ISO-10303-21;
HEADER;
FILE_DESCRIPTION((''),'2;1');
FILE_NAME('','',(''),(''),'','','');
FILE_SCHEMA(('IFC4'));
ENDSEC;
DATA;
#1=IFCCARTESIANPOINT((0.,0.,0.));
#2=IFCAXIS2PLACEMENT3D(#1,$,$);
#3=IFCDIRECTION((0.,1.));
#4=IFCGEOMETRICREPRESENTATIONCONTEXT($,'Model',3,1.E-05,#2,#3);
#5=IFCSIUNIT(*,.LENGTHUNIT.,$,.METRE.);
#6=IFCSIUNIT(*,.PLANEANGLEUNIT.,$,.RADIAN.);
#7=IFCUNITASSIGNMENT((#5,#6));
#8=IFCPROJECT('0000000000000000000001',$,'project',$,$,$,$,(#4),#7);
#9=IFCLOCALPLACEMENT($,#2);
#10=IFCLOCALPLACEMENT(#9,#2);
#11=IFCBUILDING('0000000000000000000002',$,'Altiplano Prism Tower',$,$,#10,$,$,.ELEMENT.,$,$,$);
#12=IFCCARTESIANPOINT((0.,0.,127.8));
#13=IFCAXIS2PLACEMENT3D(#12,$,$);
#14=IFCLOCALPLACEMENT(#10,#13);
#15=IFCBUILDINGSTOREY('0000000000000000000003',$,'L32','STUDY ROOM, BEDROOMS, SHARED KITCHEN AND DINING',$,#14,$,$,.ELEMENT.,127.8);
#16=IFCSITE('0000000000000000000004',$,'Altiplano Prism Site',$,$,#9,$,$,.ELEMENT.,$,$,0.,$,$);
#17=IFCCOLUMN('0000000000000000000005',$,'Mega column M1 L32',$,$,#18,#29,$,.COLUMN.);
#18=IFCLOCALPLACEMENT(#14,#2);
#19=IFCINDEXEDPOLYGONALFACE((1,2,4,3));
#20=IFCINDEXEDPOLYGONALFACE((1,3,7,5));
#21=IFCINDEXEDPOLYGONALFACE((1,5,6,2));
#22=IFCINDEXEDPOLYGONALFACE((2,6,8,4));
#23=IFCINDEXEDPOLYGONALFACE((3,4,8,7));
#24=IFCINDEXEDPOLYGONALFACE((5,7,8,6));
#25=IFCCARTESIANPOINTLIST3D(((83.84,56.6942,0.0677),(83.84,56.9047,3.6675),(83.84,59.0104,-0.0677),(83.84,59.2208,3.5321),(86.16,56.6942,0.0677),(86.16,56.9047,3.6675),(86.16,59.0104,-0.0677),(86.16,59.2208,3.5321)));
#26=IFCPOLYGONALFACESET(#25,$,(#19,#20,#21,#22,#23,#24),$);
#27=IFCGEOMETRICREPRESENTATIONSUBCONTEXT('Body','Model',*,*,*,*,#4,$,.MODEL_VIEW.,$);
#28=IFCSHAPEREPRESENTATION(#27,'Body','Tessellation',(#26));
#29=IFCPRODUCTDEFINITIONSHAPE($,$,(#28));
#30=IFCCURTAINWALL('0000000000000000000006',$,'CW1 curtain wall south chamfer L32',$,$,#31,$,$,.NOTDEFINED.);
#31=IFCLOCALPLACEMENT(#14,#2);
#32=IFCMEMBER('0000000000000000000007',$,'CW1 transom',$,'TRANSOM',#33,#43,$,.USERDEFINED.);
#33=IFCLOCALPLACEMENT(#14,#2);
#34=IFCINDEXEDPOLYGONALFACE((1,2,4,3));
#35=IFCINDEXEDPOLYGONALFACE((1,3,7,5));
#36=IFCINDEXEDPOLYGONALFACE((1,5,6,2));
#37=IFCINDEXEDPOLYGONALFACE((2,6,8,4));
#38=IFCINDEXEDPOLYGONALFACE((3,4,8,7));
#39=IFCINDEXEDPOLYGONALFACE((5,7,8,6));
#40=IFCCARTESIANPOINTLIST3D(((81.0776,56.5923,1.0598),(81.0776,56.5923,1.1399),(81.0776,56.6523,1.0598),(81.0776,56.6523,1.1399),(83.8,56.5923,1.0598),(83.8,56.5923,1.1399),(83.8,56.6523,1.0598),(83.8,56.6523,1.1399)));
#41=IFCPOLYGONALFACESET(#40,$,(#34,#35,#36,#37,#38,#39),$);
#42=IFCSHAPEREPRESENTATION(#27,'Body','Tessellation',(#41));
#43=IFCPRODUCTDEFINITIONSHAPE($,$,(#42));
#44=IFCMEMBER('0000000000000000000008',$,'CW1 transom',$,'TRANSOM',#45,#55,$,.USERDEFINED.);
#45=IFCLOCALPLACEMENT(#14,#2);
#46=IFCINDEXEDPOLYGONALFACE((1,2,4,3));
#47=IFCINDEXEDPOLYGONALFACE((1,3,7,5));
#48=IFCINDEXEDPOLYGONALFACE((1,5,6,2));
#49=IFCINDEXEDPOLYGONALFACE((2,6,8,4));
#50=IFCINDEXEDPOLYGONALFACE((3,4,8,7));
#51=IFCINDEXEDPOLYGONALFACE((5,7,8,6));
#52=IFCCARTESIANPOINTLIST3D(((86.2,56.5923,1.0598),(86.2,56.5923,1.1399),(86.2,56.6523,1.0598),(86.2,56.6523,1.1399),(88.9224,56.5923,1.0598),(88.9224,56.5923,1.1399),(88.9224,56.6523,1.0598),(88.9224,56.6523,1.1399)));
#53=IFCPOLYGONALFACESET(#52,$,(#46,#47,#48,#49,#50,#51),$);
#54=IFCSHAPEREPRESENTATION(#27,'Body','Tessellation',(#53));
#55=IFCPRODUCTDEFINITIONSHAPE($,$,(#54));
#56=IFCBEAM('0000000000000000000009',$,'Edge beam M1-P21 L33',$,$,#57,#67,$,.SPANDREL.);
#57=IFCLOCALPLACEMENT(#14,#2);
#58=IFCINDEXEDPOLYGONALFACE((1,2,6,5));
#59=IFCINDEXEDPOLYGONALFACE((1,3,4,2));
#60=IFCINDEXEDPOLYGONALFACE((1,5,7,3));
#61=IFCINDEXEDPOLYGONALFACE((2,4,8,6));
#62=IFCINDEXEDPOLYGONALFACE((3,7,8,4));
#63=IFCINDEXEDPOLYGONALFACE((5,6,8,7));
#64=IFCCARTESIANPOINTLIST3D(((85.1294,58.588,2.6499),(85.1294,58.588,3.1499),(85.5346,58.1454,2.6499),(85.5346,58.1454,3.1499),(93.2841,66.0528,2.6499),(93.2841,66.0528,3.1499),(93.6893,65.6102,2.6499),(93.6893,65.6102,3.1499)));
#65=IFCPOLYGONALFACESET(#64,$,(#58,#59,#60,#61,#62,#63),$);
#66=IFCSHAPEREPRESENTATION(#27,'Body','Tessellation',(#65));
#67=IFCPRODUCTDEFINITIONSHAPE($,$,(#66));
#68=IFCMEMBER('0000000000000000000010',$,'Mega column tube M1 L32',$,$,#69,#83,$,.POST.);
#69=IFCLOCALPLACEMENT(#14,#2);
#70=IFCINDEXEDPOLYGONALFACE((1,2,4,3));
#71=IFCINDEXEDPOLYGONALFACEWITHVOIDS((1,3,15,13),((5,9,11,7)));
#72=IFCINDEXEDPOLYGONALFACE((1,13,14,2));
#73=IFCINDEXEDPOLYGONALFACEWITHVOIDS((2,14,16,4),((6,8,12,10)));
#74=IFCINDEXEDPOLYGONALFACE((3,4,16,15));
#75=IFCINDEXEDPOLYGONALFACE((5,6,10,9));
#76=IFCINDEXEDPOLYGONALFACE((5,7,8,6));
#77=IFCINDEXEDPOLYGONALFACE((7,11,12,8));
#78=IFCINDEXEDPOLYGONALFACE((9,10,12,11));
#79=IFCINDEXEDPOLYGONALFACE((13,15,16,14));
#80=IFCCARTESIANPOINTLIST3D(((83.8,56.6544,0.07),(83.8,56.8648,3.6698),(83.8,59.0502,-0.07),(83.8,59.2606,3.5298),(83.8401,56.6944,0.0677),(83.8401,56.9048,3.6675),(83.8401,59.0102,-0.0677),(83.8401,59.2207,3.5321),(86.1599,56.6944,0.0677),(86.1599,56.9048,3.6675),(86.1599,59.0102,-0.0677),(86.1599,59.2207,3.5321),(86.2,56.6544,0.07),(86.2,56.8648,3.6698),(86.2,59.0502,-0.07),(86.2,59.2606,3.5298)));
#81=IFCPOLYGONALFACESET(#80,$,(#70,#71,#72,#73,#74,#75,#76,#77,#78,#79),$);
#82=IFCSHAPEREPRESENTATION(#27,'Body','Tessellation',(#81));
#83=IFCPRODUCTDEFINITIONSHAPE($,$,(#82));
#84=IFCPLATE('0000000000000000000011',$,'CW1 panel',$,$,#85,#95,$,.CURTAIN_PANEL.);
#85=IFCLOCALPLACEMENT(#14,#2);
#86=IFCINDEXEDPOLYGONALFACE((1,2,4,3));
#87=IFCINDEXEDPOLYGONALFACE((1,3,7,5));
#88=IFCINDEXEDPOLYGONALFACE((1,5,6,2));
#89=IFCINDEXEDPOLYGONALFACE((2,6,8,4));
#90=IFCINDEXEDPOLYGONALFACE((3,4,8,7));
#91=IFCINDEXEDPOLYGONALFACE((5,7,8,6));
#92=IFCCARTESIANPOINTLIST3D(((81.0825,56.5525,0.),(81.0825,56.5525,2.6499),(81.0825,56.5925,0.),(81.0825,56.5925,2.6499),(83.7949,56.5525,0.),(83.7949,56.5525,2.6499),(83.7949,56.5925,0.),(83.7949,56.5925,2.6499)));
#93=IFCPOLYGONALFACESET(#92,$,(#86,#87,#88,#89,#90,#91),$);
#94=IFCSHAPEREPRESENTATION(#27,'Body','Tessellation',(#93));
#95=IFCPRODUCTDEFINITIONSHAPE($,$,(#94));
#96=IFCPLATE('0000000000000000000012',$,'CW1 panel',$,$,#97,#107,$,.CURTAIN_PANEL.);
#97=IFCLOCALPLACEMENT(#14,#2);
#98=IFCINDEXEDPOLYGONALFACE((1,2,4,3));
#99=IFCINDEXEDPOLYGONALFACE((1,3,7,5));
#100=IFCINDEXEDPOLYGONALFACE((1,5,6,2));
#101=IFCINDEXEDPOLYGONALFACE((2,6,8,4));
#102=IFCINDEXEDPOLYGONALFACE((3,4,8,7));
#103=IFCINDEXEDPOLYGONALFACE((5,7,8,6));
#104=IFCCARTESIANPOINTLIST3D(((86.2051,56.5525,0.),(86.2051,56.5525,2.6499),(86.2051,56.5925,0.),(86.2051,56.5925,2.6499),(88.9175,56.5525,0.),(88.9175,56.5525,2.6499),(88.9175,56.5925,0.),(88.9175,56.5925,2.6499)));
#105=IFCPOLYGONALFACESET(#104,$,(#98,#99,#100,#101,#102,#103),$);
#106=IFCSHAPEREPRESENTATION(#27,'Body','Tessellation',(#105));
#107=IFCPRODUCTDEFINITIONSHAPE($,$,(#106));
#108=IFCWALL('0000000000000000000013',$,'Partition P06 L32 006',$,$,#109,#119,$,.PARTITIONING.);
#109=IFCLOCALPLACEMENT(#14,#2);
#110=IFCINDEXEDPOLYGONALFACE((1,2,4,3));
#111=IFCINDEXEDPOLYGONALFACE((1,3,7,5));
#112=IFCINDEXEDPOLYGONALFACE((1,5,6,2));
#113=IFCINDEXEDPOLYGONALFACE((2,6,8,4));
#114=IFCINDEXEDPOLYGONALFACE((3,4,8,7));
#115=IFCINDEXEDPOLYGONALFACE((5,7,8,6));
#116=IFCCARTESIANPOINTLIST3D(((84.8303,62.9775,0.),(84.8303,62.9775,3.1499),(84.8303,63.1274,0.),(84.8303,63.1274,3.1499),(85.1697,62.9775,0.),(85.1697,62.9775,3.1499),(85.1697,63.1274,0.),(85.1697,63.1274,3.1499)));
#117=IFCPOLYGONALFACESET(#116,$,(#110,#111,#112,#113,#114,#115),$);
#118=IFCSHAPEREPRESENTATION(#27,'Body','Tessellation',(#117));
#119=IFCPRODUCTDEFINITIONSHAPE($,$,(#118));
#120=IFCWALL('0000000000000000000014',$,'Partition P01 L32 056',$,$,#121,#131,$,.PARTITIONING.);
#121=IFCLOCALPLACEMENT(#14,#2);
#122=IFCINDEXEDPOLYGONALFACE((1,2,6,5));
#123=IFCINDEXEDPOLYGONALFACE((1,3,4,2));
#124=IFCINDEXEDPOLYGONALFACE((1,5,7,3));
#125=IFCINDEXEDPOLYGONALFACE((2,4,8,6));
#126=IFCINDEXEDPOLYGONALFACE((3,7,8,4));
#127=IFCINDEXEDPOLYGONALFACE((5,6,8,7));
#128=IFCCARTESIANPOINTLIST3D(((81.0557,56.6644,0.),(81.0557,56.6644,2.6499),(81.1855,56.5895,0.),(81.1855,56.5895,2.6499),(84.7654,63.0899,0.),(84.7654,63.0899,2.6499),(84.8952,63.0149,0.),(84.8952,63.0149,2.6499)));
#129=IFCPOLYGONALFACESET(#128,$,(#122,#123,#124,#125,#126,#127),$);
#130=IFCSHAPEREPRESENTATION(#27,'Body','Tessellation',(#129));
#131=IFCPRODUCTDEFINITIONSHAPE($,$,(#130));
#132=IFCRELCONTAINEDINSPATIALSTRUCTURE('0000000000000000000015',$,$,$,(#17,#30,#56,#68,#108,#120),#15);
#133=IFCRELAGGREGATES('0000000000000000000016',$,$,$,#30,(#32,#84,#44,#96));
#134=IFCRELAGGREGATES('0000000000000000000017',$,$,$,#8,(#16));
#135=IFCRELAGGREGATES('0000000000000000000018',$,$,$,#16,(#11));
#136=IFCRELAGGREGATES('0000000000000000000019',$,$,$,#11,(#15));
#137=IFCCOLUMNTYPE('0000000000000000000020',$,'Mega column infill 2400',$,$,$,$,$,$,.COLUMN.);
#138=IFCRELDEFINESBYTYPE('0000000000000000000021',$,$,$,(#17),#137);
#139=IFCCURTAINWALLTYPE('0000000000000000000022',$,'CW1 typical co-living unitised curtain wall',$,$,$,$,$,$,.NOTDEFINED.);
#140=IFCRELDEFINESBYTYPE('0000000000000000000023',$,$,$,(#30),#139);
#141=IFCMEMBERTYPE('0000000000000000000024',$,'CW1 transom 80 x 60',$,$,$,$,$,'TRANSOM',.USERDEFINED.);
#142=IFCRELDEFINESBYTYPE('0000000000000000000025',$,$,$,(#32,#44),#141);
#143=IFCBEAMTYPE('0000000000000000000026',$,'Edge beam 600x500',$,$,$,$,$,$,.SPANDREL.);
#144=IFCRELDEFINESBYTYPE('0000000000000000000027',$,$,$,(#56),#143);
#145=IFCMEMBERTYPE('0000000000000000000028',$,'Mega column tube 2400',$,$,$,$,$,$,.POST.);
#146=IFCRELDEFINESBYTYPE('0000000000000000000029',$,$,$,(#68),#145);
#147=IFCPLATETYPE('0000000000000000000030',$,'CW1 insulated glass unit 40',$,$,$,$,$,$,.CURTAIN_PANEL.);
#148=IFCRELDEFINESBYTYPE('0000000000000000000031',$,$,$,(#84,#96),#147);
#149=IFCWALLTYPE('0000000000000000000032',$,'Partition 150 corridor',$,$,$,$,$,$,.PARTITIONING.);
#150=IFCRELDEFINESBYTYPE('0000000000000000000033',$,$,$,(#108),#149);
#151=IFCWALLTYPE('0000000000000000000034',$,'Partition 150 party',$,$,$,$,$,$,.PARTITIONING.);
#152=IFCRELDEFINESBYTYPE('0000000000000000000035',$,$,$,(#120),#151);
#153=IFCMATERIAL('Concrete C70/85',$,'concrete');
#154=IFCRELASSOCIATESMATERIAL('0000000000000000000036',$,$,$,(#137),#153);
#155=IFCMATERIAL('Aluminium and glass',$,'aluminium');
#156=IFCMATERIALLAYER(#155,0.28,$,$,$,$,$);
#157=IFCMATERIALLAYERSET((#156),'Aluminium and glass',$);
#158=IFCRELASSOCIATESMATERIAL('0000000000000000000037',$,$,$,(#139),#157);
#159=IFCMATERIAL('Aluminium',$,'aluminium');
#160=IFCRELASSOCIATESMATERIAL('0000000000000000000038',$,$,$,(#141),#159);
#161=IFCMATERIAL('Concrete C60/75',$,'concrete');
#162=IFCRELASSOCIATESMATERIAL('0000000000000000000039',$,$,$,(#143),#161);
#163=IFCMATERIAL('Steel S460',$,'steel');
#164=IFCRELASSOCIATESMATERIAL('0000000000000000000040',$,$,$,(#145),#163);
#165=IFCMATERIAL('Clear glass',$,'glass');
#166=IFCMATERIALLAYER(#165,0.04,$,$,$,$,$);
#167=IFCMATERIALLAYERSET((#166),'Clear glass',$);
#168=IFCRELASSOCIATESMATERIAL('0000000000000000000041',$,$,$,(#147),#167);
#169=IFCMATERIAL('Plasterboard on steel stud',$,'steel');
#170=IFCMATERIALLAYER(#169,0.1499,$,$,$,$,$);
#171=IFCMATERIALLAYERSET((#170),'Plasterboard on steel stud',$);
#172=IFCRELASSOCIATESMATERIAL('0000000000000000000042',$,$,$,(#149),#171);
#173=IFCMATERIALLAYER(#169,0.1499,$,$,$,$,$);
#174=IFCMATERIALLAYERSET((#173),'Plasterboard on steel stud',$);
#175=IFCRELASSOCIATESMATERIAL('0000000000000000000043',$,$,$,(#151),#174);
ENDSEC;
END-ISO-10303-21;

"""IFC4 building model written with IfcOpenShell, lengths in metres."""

from ifc_helpers import new_model, si_unit, direction, frame, frame_2d, origin, origin_2d, place, context, subcontext, project, spatial, rectangle, hollow_rectangle, extrude, material, layer, layer_set, material_profile, profile_set, type_object, element, aggregate, save


model = new_model("IFC4")

# Units and contexts
model_context = context("Model", 3, precision=1e-05, world=origin(), true_north=direction((0.0, 1.0)))
body_context = subcontext(model_context, "Body", "Model", "MODEL_VIEW")
ifc_project = project(units=[si_unit("LENGTHUNIT", "METRE"), si_unit("PLANEANGLEUNIT", "RADIAN")], contexts=[model_context])

# Site, building, storey
site_placement = place(None, origin())
site = spatial("IfcSite", under=ifc_project, at=site_placement, Name="Altiplano Prism Site", CompositionType="ELEMENT", RefElevation=0.0)
building_placement = place(site_placement, origin())
building = spatial("IfcBuilding", under=site, at=building_placement, Name="Altiplano Prism Tower", CompositionType="ELEMENT")
storey_placement = place(building_placement, frame((0.0, 0.0, 127.8)))
storey = spatial("IfcBuildingStorey", under=building, at=storey_placement, Name="L32", Description="STUDY ROOM, BEDROOMS, SHARED KITCHEN AND DINING", CompositionType="ELEMENT", Elevation=127.8)

# Column
ifc_material_1 = material(Name="Concrete C70/85", Category="concrete")
ifc_material_profile_1 = material_profile(ifc_material_1, rectangle(XDim=2.3201, YDim=2.3201, at=origin_2d()), Name="Mega column infill 2400")
ifc_profile_set_1 = profile_set([ifc_material_profile_1], Name="Concrete C70/85")
column_type = type_object("IfcColumnType", Name="Mega column infill 2400", PredefinedType="COLUMN", material=ifc_profile_set_1)
column_placement = place(storey_placement, frame((85.0, 57.8523, 0.0), z_axis=(0.0, 0.058361, 0.998296), x_axis=(-1.0, 0.0, 0.0)))
element("IfcColumn", 1, at=column_placement, inside=storey, type_object=column_type, Name="Mega column M1 L32", PredefinedType="COLUMN", context=body_context, shape_type="SweptSolid", body=[
    extrude(rectangle(XDim=2.3201, YDim=2.3201, at=origin_2d()), origin(), (0.0, 0.0, 1.0), 3.606),
])

# Curtain wall, members
ifc_material_2 = material(Name="Aluminium and glass", Category="aluminium")
ifc_layer_1 = layer(ifc_material_2, 0.28)
ifc_layer_set_1 = layer_set([ifc_layer_1], Name="Aluminium and glass")
curtain_wall_type = type_object("IfcCurtainWallType", Name="CW1 typical co-living unitised curtain wall", PredefinedType="NOTDEFINED", material=ifc_layer_set_1)
curtain_wall_placement = place(storey_placement, origin())
curtain_wall = element("IfcCurtainWall", 2, at=curtain_wall_placement, inside=storey, type_object=curtain_wall_type, Name="CW1 curtain wall south chamfer L32", PredefinedType="NOTDEFINED")
ifc_material_3 = material(Name="Aluminium", Category="aluminium")
ifc_material_profile_2 = material_profile(ifc_material_3, rectangle(XDim=0.0601, YDim=0.0801, at=origin_2d()), Name="CW1 transom 80 x 60")
ifc_profile_set_2 = profile_set([ifc_material_profile_2], Name="Aluminium")
member_type_1 = type_object("IfcMemberType", Name="CW1 transom 80 x 60", ElementType="TRANSOM", PredefinedType="USERDEFINED", material=ifc_profile_set_2)
member_1_placement = place(storey_placement, frame((81.0776, 56.6223, 1.0999), z_axis=(1.0, 0.0, 0.0), x_axis=(0.0, 1.0, 0.0)))
member_1 = element("IfcMember", 3, at=member_1_placement, type_object=member_type_1, Name="CW1 transom", ObjectType="TRANSOM", PredefinedType="USERDEFINED", context=body_context, shape_type="SweptSolid", body=[
    extrude(rectangle(XDim=0.0601, YDim=0.0801, at=origin_2d()), origin(), (0.0, 0.0, 1.0), 2.7224),
])
member_2_placement = place(storey_placement, frame((86.2, 56.6223, 1.0999), z_axis=(1.0, 0.0, 0.0), x_axis=(0.0, 1.0, 0.0)))
member_2 = element("IfcMember", 4, at=member_2_placement, type_object=member_type_1, Name="CW1 transom", ObjectType="TRANSOM", PredefinedType="USERDEFINED", context=body_context, shape_type="SweptSolid", body=[
    extrude(rectangle(XDim=0.0601, YDim=0.0801, at=origin_2d()), origin(), (0.0, 0.0, 1.0), 2.7224),
])

# Beam
ifc_material_4 = material(Name="Concrete C60/75", Category="concrete")
ifc_material_profile_3 = material_profile(ifc_material_4, rectangle(XDim=0.6001, YDim=0.5, at=origin_2d()), Name="Edge beam 600x500")
ifc_profile_set_3 = profile_set([ifc_material_profile_3], Name="Concrete C60/75")
beam_type = type_object("IfcBeamType", Name="Edge beam 600x500", PredefinedType="SPANDREL", material=ifc_profile_set_3)
beam_placement = place(storey_placement, frame((85.332, 58.3667, 2.8999), z_axis=(0.737621, 0.675214, 0.0), x_axis=(-0.675214, 0.737621, 0.0)))
element("IfcBeam", 5, at=beam_placement, inside=storey, type_object=beam_type, Name="Edge beam M1-P21 L33", PredefinedType="SPANDREL", context=body_context, shape_type="SweptSolid", body=[
    extrude(rectangle(XDim=0.6001, YDim=0.5, at=origin_2d()), origin(), (0.0, 0.0, 1.0), 11.0554),
])

# Member
ifc_material_5 = material(Name="Steel S460", Category="steel")
ifc_material_profile_4 = material_profile(ifc_material_5, hollow_rectangle(XDim=2.3999, YDim=2.3999, WallThickness=0.04, at=origin_2d()), Name="Mega column tube 2400")
ifc_profile_set_4 = profile_set([ifc_material_profile_4], Name="Steel S460")
member_type_2 = type_object("IfcMemberType", Name="Mega column tube 2400", PredefinedType="POST", material=ifc_profile_set_4)
member_3_placement = place(storey_placement, frame((85.0, 57.8523, 0.0), z_axis=(0.0, 0.058361, 0.998296), x_axis=(-1.0, 0.0, 0.0)))
element("IfcMember", 6, at=member_3_placement, inside=storey, type_object=member_type_2, Name="Mega column tube M1 L32", PredefinedType="POST", context=body_context, shape_type="SweptSolid", body=[
    extrude(hollow_rectangle(XDim=2.3999, YDim=2.3999, WallThickness=0.04, at=origin_2d()), origin(), (0.0, 0.0, 1.0), 3.606),
])

# Plates
ifc_material_6 = material(Name="Clear glass", Category="glass")
ifc_layer_2 = layer(ifc_material_6, 0.04)
ifc_layer_set_2 = layer_set([ifc_layer_2], Name="Clear glass")
plate_type = type_object("IfcPlateType", Name="CW1 insulated glass unit 40", PredefinedType="CURTAIN_PANEL", material=ifc_layer_set_2)
plate_1_placement = place(storey_placement, frame((82.4387, 56.5725, 0.0), z_axis=(0.0, 0.0, 1.0), x_axis=(1.0, 0.0, 0.0)))
plate_1 = element("IfcPlate", 7, at=plate_1_placement, type_object=plate_type, Name="CW1 panel", PredefinedType="CURTAIN_PANEL", context=body_context, shape_type="SweptSolid", body=[
    extrude(rectangle(XDim=2.7124, YDim=0.04, at=origin_2d()), origin(), (0.0, 0.0, 1.0), 2.6499),
])
plate_2_placement = place(storey_placement, frame((87.5613, 56.5725, 0.0), z_axis=(0.0, 0.0, 1.0), x_axis=(1.0, 0.0, 0.0)))
plate_2 = element("IfcPlate", 8, at=plate_2_placement, type_object=plate_type, Name="CW1 panel", PredefinedType="CURTAIN_PANEL", context=body_context, shape_type="SweptSolid", body=[
    extrude(rectangle(XDim=2.7124, YDim=0.04, at=origin_2d()), origin(), (0.0, 0.0, 1.0), 2.6499),
])
aggregate(curtain_wall, [member_1, plate_1, member_2, plate_2])

# Walls
ifc_material_7 = material(Name="Plasterboard on steel stud", Category="steel")
ifc_layer_3 = layer(ifc_material_7, 0.1499)
ifc_layer_set_3 = layer_set([ifc_layer_3], Name="Plasterboard on steel stud")
wall_type_1 = type_object("IfcWallType", Name="Partition 150 corridor", PredefinedType="PARTITIONING", material=ifc_layer_set_3)
wall_1_placement = place(storey_placement, frame((84.8303, 63.0525, 0.0), z_axis=(0.0, 0.0, 1.0), x_axis=(1.0, 0.0, 0.0)))
element("IfcWall", 9, at=wall_1_placement, inside=storey, type_object=wall_type_1, Name="Partition P06 L32 006", PredefinedType="PARTITIONING", context=body_context, shape_type="SweptSolid", body=[
    extrude(rectangle(XDim=0.3394, YDim=0.1499, at=frame_2d((0.1697, 0.0))), origin(), (0.0, 0.0, 1.0), 3.1499),
])
ifc_layer_4 = layer(ifc_material_7, 0.1499)
ifc_layer_set_4 = layer_set([ifc_layer_4], Name="Plasterboard on steel stud")
wall_type_2 = type_object("IfcWallType", Name="Partition 150 party", PredefinedType="PARTITIONING", material=ifc_layer_set_4)
wall_2_placement = place(storey_placement, frame((81.1206, 56.627, 0.0), z_axis=(0.0, 0.0, 1.0), x_axis=(0.499993, 0.866029, 0.0)))
element("IfcWall", 10, at=wall_2_placement, inside=storey, type_object=wall_type_2, Name="Partition P01 L32 056", PredefinedType="PARTITIONING", context=body_context, shape_type="SweptSolid", body=[
    extrude(rectangle(XDim=7.4194, YDim=0.1499, at=frame_2d((3.7097, 0.0))), origin(), (0.0, 0.0, 1.0), 2.6499),
])

save(model, "model.ifc")
